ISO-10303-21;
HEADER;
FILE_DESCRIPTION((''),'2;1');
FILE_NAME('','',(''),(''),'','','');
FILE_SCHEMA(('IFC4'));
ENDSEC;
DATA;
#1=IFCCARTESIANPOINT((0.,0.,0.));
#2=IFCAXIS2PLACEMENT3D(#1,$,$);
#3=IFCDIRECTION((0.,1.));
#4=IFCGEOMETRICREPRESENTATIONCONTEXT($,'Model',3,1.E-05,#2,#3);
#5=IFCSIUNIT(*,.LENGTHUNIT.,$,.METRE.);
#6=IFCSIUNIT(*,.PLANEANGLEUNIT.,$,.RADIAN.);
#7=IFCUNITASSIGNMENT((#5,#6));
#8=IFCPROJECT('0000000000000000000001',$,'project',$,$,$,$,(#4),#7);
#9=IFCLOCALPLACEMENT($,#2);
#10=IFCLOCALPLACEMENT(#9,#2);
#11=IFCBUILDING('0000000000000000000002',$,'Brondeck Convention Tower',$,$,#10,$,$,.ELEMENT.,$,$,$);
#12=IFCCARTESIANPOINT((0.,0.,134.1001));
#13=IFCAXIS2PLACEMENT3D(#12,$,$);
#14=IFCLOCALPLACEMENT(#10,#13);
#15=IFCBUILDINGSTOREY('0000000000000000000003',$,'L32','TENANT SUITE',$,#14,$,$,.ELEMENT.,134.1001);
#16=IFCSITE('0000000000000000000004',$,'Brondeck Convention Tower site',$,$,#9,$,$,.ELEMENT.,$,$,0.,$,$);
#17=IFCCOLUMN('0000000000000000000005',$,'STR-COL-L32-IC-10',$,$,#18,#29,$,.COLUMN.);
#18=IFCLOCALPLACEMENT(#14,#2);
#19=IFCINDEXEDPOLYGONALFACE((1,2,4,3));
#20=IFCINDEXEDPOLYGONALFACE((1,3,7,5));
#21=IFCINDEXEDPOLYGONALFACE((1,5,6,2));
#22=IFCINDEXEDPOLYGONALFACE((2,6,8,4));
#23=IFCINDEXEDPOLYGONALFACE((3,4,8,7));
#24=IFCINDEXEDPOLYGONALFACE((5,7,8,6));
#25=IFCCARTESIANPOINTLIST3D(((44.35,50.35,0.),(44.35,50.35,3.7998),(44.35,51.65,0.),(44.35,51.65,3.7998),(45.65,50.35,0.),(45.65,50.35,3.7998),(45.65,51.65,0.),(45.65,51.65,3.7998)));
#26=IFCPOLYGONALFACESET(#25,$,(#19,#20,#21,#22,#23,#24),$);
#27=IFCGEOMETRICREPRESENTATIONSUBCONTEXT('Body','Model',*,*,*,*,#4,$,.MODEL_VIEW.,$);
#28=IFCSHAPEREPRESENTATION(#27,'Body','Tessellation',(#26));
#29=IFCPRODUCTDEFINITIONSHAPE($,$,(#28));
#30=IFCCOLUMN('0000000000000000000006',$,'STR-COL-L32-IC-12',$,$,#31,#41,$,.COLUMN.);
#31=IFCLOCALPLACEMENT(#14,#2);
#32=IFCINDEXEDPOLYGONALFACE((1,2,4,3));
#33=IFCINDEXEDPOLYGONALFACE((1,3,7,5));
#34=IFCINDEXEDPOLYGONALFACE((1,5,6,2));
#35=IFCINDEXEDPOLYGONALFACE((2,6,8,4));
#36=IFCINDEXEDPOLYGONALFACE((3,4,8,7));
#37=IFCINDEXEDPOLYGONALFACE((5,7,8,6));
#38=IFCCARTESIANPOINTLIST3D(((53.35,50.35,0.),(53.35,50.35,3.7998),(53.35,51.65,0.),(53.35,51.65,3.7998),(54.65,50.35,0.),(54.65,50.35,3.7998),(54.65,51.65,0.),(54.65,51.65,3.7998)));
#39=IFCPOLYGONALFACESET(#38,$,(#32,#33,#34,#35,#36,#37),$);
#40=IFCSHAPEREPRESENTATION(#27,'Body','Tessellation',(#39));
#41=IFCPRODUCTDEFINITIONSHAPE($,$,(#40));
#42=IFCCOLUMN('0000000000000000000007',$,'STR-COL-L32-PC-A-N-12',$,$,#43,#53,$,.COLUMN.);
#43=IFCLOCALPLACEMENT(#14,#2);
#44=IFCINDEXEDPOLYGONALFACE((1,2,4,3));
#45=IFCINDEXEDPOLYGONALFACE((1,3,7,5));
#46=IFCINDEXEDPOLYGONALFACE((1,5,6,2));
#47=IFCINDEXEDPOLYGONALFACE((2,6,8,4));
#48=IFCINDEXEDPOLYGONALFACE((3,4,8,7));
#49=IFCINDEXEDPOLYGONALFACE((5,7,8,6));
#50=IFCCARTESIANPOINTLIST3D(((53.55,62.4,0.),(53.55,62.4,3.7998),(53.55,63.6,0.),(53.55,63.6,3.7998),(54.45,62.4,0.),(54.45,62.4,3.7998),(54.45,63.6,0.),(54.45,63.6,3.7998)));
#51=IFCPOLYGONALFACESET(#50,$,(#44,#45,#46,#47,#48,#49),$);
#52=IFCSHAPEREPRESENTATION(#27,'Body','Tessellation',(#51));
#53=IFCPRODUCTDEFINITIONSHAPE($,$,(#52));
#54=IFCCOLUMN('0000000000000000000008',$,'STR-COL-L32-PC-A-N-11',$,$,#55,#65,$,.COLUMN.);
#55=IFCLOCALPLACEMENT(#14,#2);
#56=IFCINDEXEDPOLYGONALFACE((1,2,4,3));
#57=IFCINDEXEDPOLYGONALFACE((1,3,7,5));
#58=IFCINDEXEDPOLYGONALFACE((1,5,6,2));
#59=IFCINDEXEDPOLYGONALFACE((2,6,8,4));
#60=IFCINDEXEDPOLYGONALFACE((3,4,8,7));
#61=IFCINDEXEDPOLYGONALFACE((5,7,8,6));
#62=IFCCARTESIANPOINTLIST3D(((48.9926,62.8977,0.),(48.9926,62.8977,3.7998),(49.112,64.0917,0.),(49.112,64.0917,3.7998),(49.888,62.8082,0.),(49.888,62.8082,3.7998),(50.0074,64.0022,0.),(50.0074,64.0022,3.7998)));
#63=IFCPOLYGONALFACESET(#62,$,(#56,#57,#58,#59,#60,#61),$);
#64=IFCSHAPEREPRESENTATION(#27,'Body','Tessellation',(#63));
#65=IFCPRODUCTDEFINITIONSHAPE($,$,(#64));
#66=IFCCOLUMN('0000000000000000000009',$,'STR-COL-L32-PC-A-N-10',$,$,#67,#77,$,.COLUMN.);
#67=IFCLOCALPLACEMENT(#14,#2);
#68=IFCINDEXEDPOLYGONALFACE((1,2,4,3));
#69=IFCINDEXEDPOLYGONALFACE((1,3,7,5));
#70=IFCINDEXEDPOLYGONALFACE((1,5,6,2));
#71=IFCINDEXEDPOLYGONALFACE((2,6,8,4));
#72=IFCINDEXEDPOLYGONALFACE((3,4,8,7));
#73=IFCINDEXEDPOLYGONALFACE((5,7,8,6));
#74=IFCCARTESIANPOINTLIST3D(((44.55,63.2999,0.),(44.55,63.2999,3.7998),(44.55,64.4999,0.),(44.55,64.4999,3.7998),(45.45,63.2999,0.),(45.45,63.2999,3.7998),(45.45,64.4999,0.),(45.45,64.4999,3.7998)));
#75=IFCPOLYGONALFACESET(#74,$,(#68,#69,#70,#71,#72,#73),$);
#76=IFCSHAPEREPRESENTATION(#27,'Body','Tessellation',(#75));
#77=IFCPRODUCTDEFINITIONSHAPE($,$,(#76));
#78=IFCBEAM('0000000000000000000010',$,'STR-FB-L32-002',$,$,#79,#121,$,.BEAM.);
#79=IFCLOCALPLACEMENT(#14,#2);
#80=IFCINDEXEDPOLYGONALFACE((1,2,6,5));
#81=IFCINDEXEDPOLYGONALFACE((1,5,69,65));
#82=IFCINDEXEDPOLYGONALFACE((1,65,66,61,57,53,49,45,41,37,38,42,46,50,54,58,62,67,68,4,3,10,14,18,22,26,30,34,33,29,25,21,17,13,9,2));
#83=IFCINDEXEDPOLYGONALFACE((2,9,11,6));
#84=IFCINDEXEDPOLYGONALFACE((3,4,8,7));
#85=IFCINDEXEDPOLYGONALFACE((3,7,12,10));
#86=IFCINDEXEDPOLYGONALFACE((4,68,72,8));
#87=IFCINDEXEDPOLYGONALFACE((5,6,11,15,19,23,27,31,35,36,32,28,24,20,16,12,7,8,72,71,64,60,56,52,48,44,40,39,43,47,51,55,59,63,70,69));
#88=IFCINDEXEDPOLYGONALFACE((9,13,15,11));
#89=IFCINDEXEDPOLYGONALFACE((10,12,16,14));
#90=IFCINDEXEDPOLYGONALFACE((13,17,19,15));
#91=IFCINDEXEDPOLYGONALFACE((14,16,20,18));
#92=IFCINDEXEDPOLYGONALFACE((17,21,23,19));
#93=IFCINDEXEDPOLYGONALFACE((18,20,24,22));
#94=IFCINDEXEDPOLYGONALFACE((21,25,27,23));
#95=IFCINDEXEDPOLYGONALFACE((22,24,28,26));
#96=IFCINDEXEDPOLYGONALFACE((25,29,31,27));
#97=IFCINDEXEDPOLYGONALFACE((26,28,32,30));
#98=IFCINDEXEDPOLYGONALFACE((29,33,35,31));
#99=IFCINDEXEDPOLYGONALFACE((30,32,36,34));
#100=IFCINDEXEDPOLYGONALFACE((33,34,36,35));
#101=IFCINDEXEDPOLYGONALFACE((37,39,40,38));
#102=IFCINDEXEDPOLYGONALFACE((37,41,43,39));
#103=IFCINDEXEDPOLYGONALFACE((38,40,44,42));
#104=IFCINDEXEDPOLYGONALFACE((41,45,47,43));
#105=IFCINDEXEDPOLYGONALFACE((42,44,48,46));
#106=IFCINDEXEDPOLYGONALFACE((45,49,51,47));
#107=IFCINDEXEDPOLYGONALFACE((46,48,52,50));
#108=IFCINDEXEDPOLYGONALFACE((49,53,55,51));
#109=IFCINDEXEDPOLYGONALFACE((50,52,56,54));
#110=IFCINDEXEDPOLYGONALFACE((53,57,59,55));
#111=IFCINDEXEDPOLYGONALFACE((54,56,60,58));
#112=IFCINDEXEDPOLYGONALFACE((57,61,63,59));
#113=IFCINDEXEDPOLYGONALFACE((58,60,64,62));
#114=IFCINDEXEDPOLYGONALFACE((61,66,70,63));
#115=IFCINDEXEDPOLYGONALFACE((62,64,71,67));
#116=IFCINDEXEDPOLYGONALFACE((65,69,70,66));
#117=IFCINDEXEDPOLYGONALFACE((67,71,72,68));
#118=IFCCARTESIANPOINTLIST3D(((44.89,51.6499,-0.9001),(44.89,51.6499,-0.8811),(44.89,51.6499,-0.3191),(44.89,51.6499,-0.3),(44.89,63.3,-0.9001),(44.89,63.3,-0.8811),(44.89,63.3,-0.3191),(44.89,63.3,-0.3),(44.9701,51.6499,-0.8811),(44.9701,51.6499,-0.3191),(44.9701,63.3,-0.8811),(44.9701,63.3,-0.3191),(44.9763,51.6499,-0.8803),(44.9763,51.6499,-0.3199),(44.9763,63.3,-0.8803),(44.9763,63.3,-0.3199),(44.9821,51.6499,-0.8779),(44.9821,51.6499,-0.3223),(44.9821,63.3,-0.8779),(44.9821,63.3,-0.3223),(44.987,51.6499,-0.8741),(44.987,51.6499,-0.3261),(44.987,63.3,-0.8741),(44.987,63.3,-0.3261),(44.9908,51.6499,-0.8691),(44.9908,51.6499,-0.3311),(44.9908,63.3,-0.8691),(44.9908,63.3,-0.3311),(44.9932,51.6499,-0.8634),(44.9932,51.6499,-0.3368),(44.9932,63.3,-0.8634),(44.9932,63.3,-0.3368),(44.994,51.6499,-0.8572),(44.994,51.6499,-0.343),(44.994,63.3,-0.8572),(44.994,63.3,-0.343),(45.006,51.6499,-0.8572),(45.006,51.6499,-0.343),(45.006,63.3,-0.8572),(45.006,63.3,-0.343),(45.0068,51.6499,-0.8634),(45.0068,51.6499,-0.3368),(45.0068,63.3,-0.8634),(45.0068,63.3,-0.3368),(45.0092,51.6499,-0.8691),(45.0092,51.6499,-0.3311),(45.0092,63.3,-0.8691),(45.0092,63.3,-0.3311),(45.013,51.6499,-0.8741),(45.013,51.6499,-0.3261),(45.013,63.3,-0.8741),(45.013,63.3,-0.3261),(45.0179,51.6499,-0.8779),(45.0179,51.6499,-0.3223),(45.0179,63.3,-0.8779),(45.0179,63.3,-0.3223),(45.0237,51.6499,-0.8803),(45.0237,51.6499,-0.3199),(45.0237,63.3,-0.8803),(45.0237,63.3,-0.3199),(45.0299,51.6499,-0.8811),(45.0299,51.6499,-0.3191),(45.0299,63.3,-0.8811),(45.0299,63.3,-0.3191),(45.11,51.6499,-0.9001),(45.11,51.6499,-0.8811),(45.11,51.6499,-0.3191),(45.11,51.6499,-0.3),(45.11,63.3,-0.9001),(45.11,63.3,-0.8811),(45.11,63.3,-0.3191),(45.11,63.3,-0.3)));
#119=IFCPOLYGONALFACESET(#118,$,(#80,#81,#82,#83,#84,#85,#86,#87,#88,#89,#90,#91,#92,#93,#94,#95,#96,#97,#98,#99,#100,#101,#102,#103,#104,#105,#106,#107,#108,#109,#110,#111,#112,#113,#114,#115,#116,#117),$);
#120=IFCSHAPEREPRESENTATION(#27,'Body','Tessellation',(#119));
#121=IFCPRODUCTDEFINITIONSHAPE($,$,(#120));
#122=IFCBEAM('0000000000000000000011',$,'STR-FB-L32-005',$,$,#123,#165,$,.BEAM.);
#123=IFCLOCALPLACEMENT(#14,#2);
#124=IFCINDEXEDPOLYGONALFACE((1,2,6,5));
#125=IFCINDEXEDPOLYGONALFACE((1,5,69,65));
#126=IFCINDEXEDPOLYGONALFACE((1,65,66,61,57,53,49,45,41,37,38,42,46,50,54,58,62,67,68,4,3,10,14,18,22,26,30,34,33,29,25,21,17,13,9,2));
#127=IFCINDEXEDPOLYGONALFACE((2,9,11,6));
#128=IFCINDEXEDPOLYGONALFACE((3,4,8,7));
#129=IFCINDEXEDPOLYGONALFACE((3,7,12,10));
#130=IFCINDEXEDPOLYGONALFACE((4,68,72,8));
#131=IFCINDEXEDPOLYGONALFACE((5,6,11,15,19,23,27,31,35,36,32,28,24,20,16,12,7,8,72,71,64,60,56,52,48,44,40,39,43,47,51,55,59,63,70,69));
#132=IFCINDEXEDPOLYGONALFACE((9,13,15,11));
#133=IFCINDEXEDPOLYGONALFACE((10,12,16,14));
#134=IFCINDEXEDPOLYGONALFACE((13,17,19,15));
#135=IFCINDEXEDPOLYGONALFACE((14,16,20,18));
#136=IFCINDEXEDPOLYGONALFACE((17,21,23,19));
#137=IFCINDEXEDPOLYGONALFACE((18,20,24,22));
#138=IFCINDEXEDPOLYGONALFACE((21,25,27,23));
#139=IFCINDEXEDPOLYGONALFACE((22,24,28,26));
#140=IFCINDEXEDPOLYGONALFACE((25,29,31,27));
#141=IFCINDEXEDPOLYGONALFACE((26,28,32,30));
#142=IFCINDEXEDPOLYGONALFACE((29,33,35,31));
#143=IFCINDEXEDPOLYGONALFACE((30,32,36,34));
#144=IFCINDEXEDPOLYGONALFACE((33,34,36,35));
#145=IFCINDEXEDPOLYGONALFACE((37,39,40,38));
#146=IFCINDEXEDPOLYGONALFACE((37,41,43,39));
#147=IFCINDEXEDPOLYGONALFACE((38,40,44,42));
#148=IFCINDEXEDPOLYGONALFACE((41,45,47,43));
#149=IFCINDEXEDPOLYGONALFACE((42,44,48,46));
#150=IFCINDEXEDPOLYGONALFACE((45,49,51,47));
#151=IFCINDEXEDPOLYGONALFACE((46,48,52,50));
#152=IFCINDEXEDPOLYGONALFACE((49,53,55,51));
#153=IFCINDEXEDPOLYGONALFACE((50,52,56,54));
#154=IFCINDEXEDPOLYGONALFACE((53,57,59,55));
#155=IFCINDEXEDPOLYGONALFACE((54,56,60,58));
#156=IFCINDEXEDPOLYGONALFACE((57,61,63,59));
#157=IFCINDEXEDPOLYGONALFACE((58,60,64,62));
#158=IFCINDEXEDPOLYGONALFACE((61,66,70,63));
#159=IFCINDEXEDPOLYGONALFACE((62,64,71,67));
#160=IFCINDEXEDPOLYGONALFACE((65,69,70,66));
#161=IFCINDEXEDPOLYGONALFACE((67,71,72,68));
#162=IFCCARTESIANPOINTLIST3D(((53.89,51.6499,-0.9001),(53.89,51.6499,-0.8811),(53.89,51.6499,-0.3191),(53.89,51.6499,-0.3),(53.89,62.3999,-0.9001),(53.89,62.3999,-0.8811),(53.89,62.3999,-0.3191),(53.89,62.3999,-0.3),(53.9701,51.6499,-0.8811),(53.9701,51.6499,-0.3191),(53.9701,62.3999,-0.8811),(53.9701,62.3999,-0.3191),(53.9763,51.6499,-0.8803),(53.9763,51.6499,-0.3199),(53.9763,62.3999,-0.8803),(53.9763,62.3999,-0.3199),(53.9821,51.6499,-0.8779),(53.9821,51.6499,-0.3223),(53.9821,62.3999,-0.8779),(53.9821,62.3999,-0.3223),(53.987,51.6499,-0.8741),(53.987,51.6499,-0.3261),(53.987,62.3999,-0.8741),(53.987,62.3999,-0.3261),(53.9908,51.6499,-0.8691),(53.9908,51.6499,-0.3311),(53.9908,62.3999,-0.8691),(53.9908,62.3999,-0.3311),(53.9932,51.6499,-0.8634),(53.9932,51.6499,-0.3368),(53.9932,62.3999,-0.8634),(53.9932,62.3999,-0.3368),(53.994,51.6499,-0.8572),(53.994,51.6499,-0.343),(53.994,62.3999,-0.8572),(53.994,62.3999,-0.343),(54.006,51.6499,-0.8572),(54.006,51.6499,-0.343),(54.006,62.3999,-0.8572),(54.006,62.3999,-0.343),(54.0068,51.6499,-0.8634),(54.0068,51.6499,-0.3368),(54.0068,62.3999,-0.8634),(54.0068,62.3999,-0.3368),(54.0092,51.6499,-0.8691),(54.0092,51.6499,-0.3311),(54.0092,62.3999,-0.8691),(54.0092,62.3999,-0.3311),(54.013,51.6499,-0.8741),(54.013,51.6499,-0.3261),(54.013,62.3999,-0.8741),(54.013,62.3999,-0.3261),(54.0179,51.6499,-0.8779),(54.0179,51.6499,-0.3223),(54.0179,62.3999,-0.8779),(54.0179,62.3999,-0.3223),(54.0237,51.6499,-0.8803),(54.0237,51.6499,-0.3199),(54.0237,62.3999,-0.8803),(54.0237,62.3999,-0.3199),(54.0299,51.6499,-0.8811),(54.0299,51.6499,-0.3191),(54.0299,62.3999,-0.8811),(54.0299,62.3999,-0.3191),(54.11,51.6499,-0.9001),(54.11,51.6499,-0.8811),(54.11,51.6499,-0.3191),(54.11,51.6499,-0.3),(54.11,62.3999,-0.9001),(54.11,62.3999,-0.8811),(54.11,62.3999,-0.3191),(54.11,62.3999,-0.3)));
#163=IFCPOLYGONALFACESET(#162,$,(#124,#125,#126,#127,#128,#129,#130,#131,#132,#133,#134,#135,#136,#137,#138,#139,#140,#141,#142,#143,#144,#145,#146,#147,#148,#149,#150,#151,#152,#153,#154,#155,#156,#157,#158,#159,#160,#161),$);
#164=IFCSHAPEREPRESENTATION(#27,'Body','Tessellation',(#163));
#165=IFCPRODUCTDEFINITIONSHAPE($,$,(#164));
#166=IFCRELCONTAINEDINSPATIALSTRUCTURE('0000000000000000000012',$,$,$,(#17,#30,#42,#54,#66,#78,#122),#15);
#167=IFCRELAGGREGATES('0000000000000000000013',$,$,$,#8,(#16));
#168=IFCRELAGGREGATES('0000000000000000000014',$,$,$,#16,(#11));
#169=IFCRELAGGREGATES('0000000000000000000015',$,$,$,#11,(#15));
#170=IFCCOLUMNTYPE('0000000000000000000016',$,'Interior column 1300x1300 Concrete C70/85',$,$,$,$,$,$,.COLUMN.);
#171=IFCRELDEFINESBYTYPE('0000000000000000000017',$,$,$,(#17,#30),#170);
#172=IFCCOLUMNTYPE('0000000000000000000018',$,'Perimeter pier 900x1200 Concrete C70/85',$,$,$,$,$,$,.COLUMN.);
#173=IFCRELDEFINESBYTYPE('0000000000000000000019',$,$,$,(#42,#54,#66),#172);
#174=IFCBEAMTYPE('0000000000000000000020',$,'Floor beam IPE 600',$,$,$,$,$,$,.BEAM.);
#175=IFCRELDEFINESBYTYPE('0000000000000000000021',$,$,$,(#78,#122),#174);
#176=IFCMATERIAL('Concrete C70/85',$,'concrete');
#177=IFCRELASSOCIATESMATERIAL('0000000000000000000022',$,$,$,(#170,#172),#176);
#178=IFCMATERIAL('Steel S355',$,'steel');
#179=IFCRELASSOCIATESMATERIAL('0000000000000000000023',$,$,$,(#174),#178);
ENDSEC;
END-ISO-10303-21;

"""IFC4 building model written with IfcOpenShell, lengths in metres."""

from ifc_helpers import new_model, si_unit, direction, frame, origin, origin_2d, place, context, subcontext, project, spatial, rectangle, i_section, extrude, material, material_profile, profile_set, type_object, element, save


model = new_model("IFC4")

# Units and contexts
model_context = context("Model", 3, precision=1e-05, world=origin(), true_north=direction((0.0, 1.0)))
body_context = subcontext(model_context, "Body", "Model", "MODEL_VIEW")
ifc_project = project(units=[si_unit("LENGTHUNIT", "METRE"), si_unit("PLANEANGLEUNIT", "RADIAN")], contexts=[model_context])

# Site, building, storey
site_placement = place(None, origin())
site = spatial("IfcSite", under=ifc_project, at=site_placement, Name="Brondeck Convention Tower site", CompositionType="ELEMENT", RefElevation=0.0)
building_placement = place(site_placement, origin())
building = spatial("IfcBuilding", under=site, at=building_placement, Name="Brondeck Convention Tower", CompositionType="ELEMENT")
storey_placement = place(building_placement, frame((0.0, 0.0, 134.1001)))
storey = spatial("IfcBuildingStorey", under=building, at=storey_placement, Name="L32", Description="TENANT SUITE", CompositionType="ELEMENT", Elevation=134.1001)

# Columns
ifc_material_1 = material(Name="Concrete C70/85", Category="concrete")
ifc_material_profile_1 = material_profile(ifc_material_1, rectangle(XDim=1.3, YDim=1.3, at=origin_2d()), Name="Interior column 1300x1300 Concrete C70/85")
ifc_profile_set_1 = profile_set([ifc_material_profile_1], Name="Concrete C70/85")
column_type_1 = type_object("IfcColumnType", Name="Interior column 1300x1300 Concrete C70/85", PredefinedType="COLUMN", material=ifc_profile_set_1)
for number, where, z_axis, x_axis, name in (
    (1, (45.0, 51.0, 0.0), (0.0, 0.0, 1.0), (1.0, 0.0, 0.0), "STR-COL-L32-IC-10"),
    (2, (54.0, 51.0, 0.0), (0.0, 0.0, 1.0), (1.0, 0.0, 0.0), "STR-COL-L32-IC-12"),
):
    element("IfcColumn", number, at=place(storey_placement, frame(where, z_axis=z_axis, x_axis=x_axis)), inside=storey, type_object=column_type_1, Name=name, PredefinedType="COLUMN", context=body_context, shape_type="SweptSolid", body=[
        extrude(rectangle(XDim=1.3, YDim=1.3, at=origin_2d()), origin(), (0.0, 0.0, 1.0), 3.7998),
    ])
ifc_material_profile_2 = material_profile(ifc_material_1, rectangle(XDim=0.8999, YDim=1.2, at=origin_2d()), Name="Perimeter pier 900x1200 Concrete C70/85")
ifc_profile_set_2 = profile_set([ifc_material_profile_2], Name="Concrete C70/85")
column_type_2 = type_object("IfcColumnType", Name="Perimeter pier 900x1200 Concrete C70/85", PredefinedType="COLUMN", material=ifc_profile_set_2)
for number, where, z_axis, x_axis, name in (
    (3, (54.0, 63.0, 0.0), (0.0, 0.0, 1.0), (-1.0, 0.0, 0.0), "STR-COL-L32-PC-A-N-12"),
    (4, (49.5, 63.45, 0.0), (0.0, 0.0, 1.0), (-0.995037, 0.099504, 0.0), "STR-COL-L32-PC-A-N-11"),
    (5, (45.0, 63.8999, 0.0), (0.0, 0.0, 1.0), (-1.0, 0.0, 0.0), "STR-COL-L32-PC-A-N-10"),
):
    element("IfcColumn", number, at=place(storey_placement, frame(where, z_axis=z_axis, x_axis=x_axis)), inside=storey, type_object=column_type_2, Name=name, PredefinedType="COLUMN", context=body_context, shape_type="SweptSolid", body=[
        extrude(rectangle(XDim=0.8999, YDim=1.2, at=origin_2d()), origin(), (0.0, 0.0, 1.0), 3.7998),
    ])

# Beams
ifc_material_2 = material(Name="Steel S355", Category="steel")
ifc_material_profile_3 = material_profile(ifc_material_2, i_section(OverallWidth=0.22, OverallDepth=0.6001, WebThickness=0.012, FlangeThickness=0.019, FilletRadius=0.0239, at=origin_2d()), Name="IPE 600")
ifc_profile_set_3 = profile_set([ifc_material_profile_3], Name="Steel S355")
beam_type_1 = type_object("IfcBeamType", Name="Floor beam IPE 600", PredefinedType="BEAM", material=ifc_profile_set_3)
beam_1_placement = place(storey_placement, frame((45.0, 51.6499, -0.6001), z_axis=(0.0, 1.0, 0.0), x_axis=(-1.0, 0.0, 0.0)))
element("IfcBeam", 6, at=beam_1_placement, inside=storey, type_object=beam_type_1, Name="STR-FB-L32-002", PredefinedType="BEAM", context=body_context, shape_type="SweptSolid", body=[
    extrude(i_section(OverallWidth=0.22, OverallDepth=0.6001, WebThickness=0.012, FlangeThickness=0.019, FilletRadius=0.0239, at=origin_2d()), origin(), (0.0, 0.0, 1.0), 11.6501),
])
beam_2_placement = place(storey_placement, frame((54.0, 51.6499, -0.6001), z_axis=(0.0, 1.0, 0.0), x_axis=(-1.0, 0.0, 0.0)))
element("IfcBeam", 7, at=beam_2_placement, inside=storey, type_object=beam_type_1, Name="STR-FB-L32-005", PredefinedType="BEAM", context=body_context, shape_type="SweptSolid", body=[
    extrude(i_section(OverallWidth=0.22, OverallDepth=0.6001, WebThickness=0.012, FlangeThickness=0.019, FilletRadius=0.0239, at=origin_2d()), origin(), (0.0, 0.0, 1.0), 10.75),
])

save(model, "model.ifc")
